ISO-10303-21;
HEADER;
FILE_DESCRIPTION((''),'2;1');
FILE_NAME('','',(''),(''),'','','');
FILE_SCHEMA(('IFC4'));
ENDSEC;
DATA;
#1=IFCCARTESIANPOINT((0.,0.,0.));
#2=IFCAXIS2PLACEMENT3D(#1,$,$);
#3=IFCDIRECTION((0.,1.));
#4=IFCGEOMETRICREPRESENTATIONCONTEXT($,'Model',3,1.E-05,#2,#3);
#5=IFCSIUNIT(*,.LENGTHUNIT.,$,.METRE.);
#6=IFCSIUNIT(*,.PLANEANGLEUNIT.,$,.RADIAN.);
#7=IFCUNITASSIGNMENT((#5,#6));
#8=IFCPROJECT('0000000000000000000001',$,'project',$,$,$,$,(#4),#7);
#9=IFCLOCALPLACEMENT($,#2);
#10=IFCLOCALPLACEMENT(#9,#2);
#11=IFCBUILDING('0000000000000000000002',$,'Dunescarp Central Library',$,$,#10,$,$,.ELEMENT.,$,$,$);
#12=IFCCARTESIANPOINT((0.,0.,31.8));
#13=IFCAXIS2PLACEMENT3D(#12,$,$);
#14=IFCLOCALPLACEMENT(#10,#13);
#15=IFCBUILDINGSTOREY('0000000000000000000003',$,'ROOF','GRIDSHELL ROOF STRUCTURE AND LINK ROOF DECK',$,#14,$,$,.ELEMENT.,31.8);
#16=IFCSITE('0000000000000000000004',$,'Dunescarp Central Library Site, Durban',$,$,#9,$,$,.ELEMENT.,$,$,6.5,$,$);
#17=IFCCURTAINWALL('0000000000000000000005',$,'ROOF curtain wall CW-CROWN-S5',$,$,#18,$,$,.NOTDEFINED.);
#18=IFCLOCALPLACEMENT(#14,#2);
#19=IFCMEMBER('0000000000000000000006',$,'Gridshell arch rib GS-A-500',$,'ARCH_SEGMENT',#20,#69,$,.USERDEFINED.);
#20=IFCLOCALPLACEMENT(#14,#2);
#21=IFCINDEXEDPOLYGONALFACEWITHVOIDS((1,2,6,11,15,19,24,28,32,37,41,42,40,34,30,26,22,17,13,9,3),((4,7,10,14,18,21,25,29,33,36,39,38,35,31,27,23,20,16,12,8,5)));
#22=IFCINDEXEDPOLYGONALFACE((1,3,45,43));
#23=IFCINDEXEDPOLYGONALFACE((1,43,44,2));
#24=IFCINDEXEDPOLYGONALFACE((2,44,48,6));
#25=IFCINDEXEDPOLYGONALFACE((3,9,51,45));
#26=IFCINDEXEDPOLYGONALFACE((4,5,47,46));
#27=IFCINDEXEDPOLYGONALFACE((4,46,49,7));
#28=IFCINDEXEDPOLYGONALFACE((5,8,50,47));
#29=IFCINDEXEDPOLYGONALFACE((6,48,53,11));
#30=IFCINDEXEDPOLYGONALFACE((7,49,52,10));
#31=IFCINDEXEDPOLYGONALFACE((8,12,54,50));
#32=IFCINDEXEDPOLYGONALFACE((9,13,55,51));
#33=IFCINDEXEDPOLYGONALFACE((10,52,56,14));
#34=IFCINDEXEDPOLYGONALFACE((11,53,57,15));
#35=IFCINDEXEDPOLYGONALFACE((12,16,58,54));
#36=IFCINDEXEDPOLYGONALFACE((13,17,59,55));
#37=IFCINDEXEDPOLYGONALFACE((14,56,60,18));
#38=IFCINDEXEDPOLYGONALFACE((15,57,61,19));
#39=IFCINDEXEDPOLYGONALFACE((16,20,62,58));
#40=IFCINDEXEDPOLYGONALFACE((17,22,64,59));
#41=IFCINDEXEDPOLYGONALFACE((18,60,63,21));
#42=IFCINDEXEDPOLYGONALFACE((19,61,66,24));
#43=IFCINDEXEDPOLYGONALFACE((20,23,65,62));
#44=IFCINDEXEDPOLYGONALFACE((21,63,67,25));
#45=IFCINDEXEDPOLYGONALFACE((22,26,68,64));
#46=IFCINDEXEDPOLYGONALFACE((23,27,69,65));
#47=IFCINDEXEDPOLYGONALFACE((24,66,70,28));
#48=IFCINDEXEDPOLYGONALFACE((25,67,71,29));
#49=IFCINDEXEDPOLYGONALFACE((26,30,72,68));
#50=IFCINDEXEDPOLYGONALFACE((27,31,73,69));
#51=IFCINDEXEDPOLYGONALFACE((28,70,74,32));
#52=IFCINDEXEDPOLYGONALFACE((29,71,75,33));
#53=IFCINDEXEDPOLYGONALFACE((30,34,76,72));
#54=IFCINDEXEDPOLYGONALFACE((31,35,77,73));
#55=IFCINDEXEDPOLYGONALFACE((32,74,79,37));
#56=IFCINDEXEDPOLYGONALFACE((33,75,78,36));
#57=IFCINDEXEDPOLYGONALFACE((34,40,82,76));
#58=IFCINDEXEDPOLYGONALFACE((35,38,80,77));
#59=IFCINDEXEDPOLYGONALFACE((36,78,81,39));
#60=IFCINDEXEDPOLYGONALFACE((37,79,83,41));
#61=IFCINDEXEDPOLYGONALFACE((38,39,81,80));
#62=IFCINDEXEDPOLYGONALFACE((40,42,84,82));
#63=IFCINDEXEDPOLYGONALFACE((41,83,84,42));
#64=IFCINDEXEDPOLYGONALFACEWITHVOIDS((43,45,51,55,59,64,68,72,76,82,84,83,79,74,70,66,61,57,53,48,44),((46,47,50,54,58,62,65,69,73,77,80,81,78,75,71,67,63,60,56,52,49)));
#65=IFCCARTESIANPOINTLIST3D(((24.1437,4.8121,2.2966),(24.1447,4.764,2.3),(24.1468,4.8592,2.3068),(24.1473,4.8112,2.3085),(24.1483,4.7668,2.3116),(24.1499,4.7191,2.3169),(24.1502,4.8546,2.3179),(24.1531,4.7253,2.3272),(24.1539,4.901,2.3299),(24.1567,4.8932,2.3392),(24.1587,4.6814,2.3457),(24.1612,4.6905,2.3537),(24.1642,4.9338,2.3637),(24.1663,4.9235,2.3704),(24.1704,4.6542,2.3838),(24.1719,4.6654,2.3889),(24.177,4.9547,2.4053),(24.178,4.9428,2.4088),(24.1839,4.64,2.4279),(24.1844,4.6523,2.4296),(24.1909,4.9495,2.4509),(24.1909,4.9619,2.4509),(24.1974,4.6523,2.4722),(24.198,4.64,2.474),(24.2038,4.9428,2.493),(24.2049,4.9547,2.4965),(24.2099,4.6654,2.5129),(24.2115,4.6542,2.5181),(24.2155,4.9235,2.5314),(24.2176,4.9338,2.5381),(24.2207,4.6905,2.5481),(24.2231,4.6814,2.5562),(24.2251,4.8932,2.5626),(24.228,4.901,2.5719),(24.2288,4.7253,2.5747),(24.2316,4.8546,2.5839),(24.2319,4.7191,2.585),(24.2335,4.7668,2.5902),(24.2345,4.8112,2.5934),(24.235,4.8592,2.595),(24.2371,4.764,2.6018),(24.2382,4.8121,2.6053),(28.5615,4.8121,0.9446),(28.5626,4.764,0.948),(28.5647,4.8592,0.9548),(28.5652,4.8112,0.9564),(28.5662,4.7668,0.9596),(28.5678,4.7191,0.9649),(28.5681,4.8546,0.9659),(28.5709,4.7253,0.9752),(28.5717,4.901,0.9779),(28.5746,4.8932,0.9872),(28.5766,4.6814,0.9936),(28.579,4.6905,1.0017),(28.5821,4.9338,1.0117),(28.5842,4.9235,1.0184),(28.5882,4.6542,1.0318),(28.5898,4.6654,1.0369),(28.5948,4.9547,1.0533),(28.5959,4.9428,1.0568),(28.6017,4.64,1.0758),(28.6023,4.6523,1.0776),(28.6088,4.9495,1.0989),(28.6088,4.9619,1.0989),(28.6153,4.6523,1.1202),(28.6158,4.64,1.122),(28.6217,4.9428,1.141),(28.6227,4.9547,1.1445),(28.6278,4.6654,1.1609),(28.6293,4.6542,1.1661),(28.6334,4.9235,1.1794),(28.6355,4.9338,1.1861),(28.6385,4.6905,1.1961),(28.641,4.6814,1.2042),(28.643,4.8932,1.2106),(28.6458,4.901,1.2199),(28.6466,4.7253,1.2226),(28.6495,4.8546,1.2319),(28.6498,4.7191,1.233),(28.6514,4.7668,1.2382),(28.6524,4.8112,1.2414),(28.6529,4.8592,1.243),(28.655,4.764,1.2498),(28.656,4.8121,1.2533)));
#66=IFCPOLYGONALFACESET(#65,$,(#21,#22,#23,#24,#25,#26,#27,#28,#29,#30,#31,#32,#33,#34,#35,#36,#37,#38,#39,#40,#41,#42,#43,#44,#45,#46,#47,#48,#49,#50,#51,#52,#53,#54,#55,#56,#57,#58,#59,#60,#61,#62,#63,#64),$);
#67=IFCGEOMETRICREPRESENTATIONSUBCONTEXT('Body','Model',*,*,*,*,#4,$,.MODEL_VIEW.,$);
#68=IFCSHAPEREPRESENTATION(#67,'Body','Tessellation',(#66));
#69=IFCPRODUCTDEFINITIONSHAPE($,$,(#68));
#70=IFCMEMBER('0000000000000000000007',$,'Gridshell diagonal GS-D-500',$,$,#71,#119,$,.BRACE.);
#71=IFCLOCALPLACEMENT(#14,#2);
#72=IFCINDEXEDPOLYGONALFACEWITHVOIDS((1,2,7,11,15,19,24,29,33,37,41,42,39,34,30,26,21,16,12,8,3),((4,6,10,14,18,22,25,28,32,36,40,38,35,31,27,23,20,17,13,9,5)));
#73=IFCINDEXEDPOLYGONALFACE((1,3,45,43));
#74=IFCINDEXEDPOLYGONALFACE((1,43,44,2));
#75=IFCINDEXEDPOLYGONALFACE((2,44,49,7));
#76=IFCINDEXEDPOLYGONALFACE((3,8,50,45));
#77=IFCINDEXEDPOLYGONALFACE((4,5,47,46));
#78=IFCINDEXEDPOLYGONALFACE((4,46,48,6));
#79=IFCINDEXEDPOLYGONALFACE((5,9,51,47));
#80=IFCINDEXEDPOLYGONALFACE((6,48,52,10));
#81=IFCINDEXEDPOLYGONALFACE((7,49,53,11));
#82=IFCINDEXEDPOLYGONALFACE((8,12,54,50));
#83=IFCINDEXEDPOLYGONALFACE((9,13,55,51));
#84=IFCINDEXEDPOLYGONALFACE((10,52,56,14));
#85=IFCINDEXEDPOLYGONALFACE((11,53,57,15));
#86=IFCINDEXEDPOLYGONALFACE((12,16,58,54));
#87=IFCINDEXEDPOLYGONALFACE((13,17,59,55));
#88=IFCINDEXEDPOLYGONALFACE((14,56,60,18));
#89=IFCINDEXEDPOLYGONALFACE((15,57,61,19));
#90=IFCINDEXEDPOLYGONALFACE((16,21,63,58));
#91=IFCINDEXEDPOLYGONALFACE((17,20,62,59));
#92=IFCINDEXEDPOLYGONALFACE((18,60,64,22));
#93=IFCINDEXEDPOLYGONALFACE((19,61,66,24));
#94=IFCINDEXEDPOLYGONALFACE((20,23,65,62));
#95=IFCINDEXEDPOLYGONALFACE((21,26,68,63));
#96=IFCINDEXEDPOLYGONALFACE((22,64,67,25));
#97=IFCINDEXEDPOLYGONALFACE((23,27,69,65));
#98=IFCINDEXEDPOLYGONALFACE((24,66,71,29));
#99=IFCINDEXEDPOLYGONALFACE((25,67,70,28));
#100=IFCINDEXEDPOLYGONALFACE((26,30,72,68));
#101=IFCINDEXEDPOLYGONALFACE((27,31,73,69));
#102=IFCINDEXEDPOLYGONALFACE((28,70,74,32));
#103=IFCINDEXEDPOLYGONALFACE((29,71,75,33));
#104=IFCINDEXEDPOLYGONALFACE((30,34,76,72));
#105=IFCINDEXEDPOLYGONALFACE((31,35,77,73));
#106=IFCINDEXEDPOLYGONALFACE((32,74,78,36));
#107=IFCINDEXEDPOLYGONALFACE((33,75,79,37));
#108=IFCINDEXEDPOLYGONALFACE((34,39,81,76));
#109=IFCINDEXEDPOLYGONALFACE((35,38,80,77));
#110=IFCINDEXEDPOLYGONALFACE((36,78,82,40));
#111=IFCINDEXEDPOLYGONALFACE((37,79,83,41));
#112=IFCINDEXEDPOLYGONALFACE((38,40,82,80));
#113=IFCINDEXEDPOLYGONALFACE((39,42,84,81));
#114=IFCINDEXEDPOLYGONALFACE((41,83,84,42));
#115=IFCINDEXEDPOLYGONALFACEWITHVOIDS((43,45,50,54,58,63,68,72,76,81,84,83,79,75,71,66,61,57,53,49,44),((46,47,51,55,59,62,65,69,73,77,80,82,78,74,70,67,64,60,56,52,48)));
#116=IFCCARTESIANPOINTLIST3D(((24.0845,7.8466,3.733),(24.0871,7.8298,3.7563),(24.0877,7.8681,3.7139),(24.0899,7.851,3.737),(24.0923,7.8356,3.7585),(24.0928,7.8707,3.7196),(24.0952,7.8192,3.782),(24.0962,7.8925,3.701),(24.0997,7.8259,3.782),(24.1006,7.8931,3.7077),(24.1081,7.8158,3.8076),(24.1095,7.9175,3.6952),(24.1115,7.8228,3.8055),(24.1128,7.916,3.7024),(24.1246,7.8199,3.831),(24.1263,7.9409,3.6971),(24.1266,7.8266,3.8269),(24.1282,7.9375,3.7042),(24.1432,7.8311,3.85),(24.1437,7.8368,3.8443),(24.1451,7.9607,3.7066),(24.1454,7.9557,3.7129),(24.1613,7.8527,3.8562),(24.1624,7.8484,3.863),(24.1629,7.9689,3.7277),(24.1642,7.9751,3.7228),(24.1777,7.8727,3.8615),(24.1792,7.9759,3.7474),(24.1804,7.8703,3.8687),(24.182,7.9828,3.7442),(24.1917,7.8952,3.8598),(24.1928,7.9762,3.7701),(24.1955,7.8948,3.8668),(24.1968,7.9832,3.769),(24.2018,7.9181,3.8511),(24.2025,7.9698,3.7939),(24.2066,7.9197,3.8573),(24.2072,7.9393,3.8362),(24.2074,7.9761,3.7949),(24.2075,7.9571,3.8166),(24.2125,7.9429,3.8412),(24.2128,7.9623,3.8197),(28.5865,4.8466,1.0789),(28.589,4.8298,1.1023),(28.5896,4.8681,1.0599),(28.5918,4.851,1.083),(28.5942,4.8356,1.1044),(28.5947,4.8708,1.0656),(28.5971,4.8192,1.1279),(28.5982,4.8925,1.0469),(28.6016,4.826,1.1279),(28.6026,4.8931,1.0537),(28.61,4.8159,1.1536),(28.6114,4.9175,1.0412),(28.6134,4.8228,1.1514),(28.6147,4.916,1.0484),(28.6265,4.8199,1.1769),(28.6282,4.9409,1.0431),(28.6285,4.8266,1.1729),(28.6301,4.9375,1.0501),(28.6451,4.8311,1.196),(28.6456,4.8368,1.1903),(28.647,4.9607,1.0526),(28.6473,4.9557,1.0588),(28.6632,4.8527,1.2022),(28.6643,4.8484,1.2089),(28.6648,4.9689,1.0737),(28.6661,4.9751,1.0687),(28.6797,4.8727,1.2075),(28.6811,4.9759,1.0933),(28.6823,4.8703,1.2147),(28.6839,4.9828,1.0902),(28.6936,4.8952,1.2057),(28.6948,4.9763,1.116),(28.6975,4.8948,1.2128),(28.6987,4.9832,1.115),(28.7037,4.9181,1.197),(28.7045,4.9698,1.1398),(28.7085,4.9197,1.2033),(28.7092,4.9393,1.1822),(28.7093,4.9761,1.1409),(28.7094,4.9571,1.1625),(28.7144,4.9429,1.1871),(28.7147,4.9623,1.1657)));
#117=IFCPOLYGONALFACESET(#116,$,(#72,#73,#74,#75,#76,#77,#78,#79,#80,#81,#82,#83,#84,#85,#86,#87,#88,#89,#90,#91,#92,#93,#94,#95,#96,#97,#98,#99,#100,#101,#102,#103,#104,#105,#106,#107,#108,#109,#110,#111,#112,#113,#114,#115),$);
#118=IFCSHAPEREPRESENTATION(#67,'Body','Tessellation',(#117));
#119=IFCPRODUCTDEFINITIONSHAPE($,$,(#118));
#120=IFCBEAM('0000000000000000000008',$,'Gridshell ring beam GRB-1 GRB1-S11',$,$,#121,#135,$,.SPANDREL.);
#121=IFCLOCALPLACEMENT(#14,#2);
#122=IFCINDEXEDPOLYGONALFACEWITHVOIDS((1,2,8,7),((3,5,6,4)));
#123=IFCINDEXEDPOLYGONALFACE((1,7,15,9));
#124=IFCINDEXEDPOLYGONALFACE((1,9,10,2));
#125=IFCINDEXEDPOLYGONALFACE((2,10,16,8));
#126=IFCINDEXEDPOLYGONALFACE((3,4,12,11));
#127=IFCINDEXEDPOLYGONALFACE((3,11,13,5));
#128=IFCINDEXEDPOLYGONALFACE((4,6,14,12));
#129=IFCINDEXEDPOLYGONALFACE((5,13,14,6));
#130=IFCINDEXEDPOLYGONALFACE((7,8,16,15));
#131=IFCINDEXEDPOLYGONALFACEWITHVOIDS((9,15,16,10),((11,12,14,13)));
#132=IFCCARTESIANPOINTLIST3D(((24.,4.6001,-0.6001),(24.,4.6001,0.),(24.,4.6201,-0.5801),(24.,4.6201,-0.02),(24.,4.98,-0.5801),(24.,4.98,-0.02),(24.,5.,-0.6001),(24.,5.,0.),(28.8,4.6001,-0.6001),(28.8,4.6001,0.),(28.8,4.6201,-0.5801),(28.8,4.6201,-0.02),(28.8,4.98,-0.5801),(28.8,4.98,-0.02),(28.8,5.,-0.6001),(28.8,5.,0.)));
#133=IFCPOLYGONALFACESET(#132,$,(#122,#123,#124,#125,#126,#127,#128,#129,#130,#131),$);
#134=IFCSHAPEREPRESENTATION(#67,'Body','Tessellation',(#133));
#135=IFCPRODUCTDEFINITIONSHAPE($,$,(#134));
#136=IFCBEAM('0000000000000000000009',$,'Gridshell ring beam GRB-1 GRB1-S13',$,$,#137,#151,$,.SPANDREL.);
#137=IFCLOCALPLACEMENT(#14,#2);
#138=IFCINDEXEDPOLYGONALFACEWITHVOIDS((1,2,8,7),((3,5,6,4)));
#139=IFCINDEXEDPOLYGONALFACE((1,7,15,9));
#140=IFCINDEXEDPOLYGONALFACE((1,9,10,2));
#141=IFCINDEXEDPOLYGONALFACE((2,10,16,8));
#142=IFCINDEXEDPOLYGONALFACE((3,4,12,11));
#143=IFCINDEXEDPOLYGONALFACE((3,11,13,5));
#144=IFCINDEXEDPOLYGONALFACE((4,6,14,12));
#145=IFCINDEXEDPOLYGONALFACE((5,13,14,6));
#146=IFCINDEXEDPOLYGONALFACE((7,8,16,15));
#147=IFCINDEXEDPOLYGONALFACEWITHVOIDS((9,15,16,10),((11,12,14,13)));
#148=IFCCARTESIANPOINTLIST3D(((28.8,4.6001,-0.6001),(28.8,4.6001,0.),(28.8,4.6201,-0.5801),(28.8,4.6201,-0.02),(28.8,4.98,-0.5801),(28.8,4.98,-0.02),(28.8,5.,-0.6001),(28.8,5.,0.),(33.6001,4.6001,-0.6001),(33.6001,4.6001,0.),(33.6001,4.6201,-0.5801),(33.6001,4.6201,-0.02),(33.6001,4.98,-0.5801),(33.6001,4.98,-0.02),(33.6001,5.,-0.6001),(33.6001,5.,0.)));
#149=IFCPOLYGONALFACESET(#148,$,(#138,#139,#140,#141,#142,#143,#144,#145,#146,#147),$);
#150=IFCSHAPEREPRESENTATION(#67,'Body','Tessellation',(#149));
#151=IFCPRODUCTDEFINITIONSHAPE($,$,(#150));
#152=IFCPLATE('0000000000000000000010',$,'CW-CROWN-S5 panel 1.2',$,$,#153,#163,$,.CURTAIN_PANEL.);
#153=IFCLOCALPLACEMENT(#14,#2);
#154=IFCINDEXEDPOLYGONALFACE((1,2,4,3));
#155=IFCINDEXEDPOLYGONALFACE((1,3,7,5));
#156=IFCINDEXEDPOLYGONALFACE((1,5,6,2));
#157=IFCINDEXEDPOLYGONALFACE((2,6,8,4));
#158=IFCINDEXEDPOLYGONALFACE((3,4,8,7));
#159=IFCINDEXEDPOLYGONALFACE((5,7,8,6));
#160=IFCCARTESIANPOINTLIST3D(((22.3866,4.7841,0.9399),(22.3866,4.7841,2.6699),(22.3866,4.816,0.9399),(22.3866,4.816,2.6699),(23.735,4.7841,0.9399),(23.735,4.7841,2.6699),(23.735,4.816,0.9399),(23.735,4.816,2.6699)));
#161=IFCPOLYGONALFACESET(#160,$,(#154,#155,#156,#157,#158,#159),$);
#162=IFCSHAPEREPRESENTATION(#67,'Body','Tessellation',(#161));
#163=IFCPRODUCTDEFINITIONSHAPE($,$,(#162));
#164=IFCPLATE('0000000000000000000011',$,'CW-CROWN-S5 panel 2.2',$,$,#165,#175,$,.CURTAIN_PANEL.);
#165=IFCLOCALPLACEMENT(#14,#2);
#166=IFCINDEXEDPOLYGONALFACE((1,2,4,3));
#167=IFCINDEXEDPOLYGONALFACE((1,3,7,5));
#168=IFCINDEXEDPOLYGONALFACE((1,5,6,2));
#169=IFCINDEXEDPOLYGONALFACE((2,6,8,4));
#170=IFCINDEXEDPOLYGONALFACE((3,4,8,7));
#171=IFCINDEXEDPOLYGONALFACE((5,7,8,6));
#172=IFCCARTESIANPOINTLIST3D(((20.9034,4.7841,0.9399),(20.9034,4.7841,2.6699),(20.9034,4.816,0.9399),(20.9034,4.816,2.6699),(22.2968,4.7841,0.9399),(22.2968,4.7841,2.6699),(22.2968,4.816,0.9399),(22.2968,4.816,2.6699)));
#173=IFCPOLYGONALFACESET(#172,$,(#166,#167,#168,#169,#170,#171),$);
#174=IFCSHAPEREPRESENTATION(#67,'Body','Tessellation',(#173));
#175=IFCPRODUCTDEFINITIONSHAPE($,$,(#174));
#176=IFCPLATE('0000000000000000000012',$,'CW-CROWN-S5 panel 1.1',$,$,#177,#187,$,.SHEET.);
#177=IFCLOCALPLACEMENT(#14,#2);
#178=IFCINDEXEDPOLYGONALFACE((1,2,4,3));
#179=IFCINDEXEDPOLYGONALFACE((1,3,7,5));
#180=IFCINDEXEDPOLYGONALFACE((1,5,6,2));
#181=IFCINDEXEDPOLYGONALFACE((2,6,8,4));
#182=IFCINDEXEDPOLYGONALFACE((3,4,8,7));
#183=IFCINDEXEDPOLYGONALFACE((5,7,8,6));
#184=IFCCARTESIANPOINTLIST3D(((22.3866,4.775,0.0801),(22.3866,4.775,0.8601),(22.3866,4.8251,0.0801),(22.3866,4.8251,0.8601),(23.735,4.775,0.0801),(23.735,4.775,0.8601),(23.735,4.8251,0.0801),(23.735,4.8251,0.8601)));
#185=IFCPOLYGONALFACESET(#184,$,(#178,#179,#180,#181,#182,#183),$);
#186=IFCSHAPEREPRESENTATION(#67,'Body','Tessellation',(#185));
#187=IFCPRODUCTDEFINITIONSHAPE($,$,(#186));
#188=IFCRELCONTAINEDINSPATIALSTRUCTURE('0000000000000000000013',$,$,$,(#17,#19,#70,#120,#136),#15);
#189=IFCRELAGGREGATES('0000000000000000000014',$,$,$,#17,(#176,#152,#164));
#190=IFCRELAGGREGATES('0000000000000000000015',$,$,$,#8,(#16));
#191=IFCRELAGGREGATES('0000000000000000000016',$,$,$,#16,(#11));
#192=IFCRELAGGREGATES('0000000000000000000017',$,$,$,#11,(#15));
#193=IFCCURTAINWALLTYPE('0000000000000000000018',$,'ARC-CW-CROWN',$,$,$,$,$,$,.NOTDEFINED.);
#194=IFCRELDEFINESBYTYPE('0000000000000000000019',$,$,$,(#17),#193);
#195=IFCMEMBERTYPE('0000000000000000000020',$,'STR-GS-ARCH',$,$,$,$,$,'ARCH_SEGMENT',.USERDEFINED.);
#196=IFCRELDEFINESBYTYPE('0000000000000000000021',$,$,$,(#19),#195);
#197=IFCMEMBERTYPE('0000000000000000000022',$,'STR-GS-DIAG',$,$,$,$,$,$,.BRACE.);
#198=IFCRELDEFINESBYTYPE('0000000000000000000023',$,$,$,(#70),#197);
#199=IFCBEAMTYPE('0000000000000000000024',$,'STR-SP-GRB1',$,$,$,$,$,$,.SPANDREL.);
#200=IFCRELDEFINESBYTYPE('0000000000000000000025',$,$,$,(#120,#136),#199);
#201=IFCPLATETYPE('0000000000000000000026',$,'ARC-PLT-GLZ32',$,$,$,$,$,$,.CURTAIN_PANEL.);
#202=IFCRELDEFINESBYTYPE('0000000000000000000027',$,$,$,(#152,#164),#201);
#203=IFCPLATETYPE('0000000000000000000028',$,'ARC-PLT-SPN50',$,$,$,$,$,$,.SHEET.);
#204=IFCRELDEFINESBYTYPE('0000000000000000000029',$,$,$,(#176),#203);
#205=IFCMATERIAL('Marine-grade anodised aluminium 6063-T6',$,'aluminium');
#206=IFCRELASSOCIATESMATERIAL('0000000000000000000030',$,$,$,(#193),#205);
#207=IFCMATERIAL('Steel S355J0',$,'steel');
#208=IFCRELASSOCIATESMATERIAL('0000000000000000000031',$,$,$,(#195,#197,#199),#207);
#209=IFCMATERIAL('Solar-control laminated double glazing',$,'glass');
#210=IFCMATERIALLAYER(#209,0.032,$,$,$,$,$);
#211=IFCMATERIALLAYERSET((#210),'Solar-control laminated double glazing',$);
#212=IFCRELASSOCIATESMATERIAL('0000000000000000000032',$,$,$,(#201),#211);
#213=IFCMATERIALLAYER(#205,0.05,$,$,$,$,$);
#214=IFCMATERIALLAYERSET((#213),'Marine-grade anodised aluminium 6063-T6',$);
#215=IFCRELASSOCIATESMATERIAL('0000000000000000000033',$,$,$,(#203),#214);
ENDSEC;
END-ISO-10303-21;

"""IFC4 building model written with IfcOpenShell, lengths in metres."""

from ifc_helpers import new_model, si_unit, direction, frame, origin, origin_2d, place, context, subcontext, project, spatial, rectangle, hollow_rectangle, hollow_circle, extrude, material, layer, layer_set, material_profile, profile_set, type_object, element, aggregate, save


model = new_model("IFC4")

# Units and contexts
model_context = context("Model", 3, precision=1e-05, world=origin(), true_north=direction((0.0, 1.0)))
body_context = subcontext(model_context, "Body", "Model", "MODEL_VIEW")
ifc_project = project(units=[si_unit("LENGTHUNIT", "METRE"), si_unit("PLANEANGLEUNIT", "RADIAN")], contexts=[model_context])

# Site, building, storey
site_placement = place(None, origin())
site = spatial("IfcSite", under=ifc_project, at=site_placement, Name="Dunescarp Central Library Site, Durban", CompositionType="ELEMENT", RefElevation=6.5)
building_placement = place(site_placement, origin())
building = spatial("IfcBuilding", under=site, at=building_placement, Name="Dunescarp Central Library", CompositionType="ELEMENT")
storey_placement = place(building_placement, frame((0.0, 0.0, 31.8)))
storey = spatial("IfcBuildingStorey", under=building, at=storey_placement, Name="ROOF", Description="GRIDSHELL ROOF STRUCTURE AND LINK ROOF DECK", CompositionType="ELEMENT", Elevation=31.8)

# Curtain wall
ifc_material_1 = material(Name="Marine-grade anodised aluminium 6063-T6", Category="aluminium")
curtain_wall_type = type_object("IfcCurtainWallType", Name="ARC-CW-CROWN", PredefinedType="NOTDEFINED", material=ifc_material_1)
curtain_wall_placement = place(storey_placement, origin())
curtain_wall = element("IfcCurtainWall", 1, at=curtain_wall_placement, inside=storey, type_object=curtain_wall_type, Name="ROOF curtain wall CW-CROWN-S5", PredefinedType="NOTDEFINED")

# Members
ifc_material_2 = material(Name="Steel S355J0", Category="steel")
ifc_material_profile_1 = material_profile(ifc_material_2, hollow_circle(Radius=0.1619, WallThickness=0.0125, at=origin_2d()), Name="CHS 323.9x12.5")
ifc_profile_set_1 = profile_set([ifc_material_profile_1], Name="Steel S355J0")
member_type_1 = type_object("IfcMemberType", Name="STR-GS-ARCH", ElementType="ARCH_SEGMENT", PredefinedType="USERDEFINED", material=ifc_profile_set_1)
member_1_placement = place(storey_placement, frame((24.1909, 4.8, 2.4509), z_axis=(0.956223, 0.0, -0.292637), x_axis=(0.0, 1.0, 0.0)))
element("IfcMember", 2, at=member_1_placement, inside=storey, type_object=member_type_1, Name="Gridshell arch rib GS-A-500", ObjectType="ARCH_SEGMENT", PredefinedType="USERDEFINED", context=body_context, shape_type="SweptSolid", body=[
    extrude(hollow_circle(Radius=0.1619, WallThickness=0.0125, at=origin_2d()), origin(), (0.0, 0.0, 1.0), 4.6201),
])
ifc_material_profile_2 = material_profile(ifc_material_2, hollow_circle(Radius=0.0969, WallThickness=0.0081, at=origin_2d()), Name="CHS 193.7x8")
ifc_profile_set_2 = profile_set([ifc_material_profile_2], Name="Steel S355J0")
member_type_2 = type_object("IfcMemberType", Name="STR-GS-DIAG", PredefinedType="BRACE", material=ifc_profile_set_2)
member_2_placement = place(storey_placement, frame((28.6509, 4.8999, 1.1279), z_axis=(-0.747099, 0.49785, 0.44044), x_axis=(-0.554534, -0.832161, 0.0)))
element("IfcMember", 3, at=member_2_placement, inside=storey, type_object=member_type_2, Name="Gridshell diagonal GS-D-500", PredefinedType="BRACE", context=body_context, shape_type="SweptSolid", body=[
    extrude(hollow_circle(Radius=0.0969, WallThickness=0.0081, at=origin_2d()), origin(), (0.0, 0.0, 1.0), 6.0259),
])

# Beams
ifc_material_profile_3 = material_profile(ifc_material_2, hollow_rectangle(XDim=0.3999, YDim=0.6001, WallThickness=0.02, at=origin_2d()), Name="RHS 600x400x20")
ifc_profile_set_3 = profile_set([ifc_material_profile_3], Name="Steel S355J0")
beam_type = type_object("IfcBeamType", Name="STR-SP-GRB1", PredefinedType="SPANDREL", material=ifc_profile_set_3)
for number, where, z_axis, x_axis, name in (
    (4, (24.0, 4.8, -0.3), (1.0, 0.0, 0.0), (0.0, 1.0, 0.0), "Gridshell ring beam GRB-1 GRB1-S11"),
    (5, (28.8, 4.8, -0.3), (1.0, 0.0, 0.0), (0.0, 1.0, 0.0), "Gridshell ring beam GRB-1 GRB1-S13"),
):
    element("IfcBeam", number, at=place(storey_placement, frame(where, z_axis=z_axis, x_axis=x_axis)), inside=storey, type_object=beam_type, Name=name, PredefinedType="SPANDREL", context=body_context, shape_type="SweptSolid", body=[
        extrude(hollow_rectangle(XDim=0.3999, YDim=0.6001, WallThickness=0.02, at=origin_2d()), origin(), (0.0, 0.0, 1.0), 4.8),
    ])

# Plates
ifc_material_3 = material(Name="Solar-control laminated double glazing", Category="glass")
ifc_layer_1 = layer(ifc_material_3, 0.032)
ifc_layer_set_1 = layer_set([ifc_layer_1], Name="Solar-control laminated double glazing")
plate_type_1 = type_object("IfcPlateType", Name="ARC-PLT-GLZ32", PredefinedType="CURTAIN_PANEL", material=ifc_layer_set_1)
plate_1_placement = place(storey_placement, frame((23.0608, 4.8, 0.9399), z_axis=(0.0, 0.0, 1.0), x_axis=(-1.0, 0.0, 0.0)))
plate_1 = element("IfcPlate", 6, at=plate_1_placement, type_object=plate_type_1, Name="CW-CROWN-S5 panel 1.2", PredefinedType="CURTAIN_PANEL", context=body_context, shape_type="SweptSolid", body=[
    extrude(rectangle(XDim=1.3484, YDim=0.032, at=origin_2d()), origin(), (0.0, 0.0, 1.0), 1.73),
])
plate_2_placement = place(storey_placement, frame((21.6001, 4.8, 0.9399), z_axis=(0.0, 0.0, 1.0), x_axis=(-1.0, 0.0, 0.0)))
plate_2 = element("IfcPlate", 7, at=plate_2_placement, type_object=plate_type_1, Name="CW-CROWN-S5 panel 2.2", PredefinedType="CURTAIN_PANEL", context=body_context, shape_type="SweptSolid", body=[
    extrude(rectangle(XDim=1.3933, YDim=0.032, at=origin_2d()), origin(), (0.0, 0.0, 1.0), 1.73),
])
ifc_layer_2 = layer(ifc_material_1, 0.05)
ifc_layer_set_2 = layer_set([ifc_layer_2], Name="Marine-grade anodised aluminium 6063-T6")
plate_type_2 = type_object("IfcPlateType", Name="ARC-PLT-SPN50", PredefinedType="SHEET", material=ifc_layer_set_2)
plate_3_placement = place(storey_placement, frame((23.0608, 4.8, 0.0801), z_axis=(0.0, 0.0, 1.0), x_axis=(-1.0, 0.0, 0.0)))
plate_3 = element("IfcPlate", 8, at=plate_3_placement, type_object=plate_type_2, Name="CW-CROWN-S5 panel 1.1", PredefinedType="SHEET", context=body_context, shape_type="SweptSolid", body=[
    extrude(rectangle(XDim=1.3484, YDim=0.05, at=origin_2d()), origin(), (0.0, 0.0, 1.0), 0.78),
])
aggregate(curtain_wall, [plate_3, plate_1, plate_2])

save(model, "model.ifc")
